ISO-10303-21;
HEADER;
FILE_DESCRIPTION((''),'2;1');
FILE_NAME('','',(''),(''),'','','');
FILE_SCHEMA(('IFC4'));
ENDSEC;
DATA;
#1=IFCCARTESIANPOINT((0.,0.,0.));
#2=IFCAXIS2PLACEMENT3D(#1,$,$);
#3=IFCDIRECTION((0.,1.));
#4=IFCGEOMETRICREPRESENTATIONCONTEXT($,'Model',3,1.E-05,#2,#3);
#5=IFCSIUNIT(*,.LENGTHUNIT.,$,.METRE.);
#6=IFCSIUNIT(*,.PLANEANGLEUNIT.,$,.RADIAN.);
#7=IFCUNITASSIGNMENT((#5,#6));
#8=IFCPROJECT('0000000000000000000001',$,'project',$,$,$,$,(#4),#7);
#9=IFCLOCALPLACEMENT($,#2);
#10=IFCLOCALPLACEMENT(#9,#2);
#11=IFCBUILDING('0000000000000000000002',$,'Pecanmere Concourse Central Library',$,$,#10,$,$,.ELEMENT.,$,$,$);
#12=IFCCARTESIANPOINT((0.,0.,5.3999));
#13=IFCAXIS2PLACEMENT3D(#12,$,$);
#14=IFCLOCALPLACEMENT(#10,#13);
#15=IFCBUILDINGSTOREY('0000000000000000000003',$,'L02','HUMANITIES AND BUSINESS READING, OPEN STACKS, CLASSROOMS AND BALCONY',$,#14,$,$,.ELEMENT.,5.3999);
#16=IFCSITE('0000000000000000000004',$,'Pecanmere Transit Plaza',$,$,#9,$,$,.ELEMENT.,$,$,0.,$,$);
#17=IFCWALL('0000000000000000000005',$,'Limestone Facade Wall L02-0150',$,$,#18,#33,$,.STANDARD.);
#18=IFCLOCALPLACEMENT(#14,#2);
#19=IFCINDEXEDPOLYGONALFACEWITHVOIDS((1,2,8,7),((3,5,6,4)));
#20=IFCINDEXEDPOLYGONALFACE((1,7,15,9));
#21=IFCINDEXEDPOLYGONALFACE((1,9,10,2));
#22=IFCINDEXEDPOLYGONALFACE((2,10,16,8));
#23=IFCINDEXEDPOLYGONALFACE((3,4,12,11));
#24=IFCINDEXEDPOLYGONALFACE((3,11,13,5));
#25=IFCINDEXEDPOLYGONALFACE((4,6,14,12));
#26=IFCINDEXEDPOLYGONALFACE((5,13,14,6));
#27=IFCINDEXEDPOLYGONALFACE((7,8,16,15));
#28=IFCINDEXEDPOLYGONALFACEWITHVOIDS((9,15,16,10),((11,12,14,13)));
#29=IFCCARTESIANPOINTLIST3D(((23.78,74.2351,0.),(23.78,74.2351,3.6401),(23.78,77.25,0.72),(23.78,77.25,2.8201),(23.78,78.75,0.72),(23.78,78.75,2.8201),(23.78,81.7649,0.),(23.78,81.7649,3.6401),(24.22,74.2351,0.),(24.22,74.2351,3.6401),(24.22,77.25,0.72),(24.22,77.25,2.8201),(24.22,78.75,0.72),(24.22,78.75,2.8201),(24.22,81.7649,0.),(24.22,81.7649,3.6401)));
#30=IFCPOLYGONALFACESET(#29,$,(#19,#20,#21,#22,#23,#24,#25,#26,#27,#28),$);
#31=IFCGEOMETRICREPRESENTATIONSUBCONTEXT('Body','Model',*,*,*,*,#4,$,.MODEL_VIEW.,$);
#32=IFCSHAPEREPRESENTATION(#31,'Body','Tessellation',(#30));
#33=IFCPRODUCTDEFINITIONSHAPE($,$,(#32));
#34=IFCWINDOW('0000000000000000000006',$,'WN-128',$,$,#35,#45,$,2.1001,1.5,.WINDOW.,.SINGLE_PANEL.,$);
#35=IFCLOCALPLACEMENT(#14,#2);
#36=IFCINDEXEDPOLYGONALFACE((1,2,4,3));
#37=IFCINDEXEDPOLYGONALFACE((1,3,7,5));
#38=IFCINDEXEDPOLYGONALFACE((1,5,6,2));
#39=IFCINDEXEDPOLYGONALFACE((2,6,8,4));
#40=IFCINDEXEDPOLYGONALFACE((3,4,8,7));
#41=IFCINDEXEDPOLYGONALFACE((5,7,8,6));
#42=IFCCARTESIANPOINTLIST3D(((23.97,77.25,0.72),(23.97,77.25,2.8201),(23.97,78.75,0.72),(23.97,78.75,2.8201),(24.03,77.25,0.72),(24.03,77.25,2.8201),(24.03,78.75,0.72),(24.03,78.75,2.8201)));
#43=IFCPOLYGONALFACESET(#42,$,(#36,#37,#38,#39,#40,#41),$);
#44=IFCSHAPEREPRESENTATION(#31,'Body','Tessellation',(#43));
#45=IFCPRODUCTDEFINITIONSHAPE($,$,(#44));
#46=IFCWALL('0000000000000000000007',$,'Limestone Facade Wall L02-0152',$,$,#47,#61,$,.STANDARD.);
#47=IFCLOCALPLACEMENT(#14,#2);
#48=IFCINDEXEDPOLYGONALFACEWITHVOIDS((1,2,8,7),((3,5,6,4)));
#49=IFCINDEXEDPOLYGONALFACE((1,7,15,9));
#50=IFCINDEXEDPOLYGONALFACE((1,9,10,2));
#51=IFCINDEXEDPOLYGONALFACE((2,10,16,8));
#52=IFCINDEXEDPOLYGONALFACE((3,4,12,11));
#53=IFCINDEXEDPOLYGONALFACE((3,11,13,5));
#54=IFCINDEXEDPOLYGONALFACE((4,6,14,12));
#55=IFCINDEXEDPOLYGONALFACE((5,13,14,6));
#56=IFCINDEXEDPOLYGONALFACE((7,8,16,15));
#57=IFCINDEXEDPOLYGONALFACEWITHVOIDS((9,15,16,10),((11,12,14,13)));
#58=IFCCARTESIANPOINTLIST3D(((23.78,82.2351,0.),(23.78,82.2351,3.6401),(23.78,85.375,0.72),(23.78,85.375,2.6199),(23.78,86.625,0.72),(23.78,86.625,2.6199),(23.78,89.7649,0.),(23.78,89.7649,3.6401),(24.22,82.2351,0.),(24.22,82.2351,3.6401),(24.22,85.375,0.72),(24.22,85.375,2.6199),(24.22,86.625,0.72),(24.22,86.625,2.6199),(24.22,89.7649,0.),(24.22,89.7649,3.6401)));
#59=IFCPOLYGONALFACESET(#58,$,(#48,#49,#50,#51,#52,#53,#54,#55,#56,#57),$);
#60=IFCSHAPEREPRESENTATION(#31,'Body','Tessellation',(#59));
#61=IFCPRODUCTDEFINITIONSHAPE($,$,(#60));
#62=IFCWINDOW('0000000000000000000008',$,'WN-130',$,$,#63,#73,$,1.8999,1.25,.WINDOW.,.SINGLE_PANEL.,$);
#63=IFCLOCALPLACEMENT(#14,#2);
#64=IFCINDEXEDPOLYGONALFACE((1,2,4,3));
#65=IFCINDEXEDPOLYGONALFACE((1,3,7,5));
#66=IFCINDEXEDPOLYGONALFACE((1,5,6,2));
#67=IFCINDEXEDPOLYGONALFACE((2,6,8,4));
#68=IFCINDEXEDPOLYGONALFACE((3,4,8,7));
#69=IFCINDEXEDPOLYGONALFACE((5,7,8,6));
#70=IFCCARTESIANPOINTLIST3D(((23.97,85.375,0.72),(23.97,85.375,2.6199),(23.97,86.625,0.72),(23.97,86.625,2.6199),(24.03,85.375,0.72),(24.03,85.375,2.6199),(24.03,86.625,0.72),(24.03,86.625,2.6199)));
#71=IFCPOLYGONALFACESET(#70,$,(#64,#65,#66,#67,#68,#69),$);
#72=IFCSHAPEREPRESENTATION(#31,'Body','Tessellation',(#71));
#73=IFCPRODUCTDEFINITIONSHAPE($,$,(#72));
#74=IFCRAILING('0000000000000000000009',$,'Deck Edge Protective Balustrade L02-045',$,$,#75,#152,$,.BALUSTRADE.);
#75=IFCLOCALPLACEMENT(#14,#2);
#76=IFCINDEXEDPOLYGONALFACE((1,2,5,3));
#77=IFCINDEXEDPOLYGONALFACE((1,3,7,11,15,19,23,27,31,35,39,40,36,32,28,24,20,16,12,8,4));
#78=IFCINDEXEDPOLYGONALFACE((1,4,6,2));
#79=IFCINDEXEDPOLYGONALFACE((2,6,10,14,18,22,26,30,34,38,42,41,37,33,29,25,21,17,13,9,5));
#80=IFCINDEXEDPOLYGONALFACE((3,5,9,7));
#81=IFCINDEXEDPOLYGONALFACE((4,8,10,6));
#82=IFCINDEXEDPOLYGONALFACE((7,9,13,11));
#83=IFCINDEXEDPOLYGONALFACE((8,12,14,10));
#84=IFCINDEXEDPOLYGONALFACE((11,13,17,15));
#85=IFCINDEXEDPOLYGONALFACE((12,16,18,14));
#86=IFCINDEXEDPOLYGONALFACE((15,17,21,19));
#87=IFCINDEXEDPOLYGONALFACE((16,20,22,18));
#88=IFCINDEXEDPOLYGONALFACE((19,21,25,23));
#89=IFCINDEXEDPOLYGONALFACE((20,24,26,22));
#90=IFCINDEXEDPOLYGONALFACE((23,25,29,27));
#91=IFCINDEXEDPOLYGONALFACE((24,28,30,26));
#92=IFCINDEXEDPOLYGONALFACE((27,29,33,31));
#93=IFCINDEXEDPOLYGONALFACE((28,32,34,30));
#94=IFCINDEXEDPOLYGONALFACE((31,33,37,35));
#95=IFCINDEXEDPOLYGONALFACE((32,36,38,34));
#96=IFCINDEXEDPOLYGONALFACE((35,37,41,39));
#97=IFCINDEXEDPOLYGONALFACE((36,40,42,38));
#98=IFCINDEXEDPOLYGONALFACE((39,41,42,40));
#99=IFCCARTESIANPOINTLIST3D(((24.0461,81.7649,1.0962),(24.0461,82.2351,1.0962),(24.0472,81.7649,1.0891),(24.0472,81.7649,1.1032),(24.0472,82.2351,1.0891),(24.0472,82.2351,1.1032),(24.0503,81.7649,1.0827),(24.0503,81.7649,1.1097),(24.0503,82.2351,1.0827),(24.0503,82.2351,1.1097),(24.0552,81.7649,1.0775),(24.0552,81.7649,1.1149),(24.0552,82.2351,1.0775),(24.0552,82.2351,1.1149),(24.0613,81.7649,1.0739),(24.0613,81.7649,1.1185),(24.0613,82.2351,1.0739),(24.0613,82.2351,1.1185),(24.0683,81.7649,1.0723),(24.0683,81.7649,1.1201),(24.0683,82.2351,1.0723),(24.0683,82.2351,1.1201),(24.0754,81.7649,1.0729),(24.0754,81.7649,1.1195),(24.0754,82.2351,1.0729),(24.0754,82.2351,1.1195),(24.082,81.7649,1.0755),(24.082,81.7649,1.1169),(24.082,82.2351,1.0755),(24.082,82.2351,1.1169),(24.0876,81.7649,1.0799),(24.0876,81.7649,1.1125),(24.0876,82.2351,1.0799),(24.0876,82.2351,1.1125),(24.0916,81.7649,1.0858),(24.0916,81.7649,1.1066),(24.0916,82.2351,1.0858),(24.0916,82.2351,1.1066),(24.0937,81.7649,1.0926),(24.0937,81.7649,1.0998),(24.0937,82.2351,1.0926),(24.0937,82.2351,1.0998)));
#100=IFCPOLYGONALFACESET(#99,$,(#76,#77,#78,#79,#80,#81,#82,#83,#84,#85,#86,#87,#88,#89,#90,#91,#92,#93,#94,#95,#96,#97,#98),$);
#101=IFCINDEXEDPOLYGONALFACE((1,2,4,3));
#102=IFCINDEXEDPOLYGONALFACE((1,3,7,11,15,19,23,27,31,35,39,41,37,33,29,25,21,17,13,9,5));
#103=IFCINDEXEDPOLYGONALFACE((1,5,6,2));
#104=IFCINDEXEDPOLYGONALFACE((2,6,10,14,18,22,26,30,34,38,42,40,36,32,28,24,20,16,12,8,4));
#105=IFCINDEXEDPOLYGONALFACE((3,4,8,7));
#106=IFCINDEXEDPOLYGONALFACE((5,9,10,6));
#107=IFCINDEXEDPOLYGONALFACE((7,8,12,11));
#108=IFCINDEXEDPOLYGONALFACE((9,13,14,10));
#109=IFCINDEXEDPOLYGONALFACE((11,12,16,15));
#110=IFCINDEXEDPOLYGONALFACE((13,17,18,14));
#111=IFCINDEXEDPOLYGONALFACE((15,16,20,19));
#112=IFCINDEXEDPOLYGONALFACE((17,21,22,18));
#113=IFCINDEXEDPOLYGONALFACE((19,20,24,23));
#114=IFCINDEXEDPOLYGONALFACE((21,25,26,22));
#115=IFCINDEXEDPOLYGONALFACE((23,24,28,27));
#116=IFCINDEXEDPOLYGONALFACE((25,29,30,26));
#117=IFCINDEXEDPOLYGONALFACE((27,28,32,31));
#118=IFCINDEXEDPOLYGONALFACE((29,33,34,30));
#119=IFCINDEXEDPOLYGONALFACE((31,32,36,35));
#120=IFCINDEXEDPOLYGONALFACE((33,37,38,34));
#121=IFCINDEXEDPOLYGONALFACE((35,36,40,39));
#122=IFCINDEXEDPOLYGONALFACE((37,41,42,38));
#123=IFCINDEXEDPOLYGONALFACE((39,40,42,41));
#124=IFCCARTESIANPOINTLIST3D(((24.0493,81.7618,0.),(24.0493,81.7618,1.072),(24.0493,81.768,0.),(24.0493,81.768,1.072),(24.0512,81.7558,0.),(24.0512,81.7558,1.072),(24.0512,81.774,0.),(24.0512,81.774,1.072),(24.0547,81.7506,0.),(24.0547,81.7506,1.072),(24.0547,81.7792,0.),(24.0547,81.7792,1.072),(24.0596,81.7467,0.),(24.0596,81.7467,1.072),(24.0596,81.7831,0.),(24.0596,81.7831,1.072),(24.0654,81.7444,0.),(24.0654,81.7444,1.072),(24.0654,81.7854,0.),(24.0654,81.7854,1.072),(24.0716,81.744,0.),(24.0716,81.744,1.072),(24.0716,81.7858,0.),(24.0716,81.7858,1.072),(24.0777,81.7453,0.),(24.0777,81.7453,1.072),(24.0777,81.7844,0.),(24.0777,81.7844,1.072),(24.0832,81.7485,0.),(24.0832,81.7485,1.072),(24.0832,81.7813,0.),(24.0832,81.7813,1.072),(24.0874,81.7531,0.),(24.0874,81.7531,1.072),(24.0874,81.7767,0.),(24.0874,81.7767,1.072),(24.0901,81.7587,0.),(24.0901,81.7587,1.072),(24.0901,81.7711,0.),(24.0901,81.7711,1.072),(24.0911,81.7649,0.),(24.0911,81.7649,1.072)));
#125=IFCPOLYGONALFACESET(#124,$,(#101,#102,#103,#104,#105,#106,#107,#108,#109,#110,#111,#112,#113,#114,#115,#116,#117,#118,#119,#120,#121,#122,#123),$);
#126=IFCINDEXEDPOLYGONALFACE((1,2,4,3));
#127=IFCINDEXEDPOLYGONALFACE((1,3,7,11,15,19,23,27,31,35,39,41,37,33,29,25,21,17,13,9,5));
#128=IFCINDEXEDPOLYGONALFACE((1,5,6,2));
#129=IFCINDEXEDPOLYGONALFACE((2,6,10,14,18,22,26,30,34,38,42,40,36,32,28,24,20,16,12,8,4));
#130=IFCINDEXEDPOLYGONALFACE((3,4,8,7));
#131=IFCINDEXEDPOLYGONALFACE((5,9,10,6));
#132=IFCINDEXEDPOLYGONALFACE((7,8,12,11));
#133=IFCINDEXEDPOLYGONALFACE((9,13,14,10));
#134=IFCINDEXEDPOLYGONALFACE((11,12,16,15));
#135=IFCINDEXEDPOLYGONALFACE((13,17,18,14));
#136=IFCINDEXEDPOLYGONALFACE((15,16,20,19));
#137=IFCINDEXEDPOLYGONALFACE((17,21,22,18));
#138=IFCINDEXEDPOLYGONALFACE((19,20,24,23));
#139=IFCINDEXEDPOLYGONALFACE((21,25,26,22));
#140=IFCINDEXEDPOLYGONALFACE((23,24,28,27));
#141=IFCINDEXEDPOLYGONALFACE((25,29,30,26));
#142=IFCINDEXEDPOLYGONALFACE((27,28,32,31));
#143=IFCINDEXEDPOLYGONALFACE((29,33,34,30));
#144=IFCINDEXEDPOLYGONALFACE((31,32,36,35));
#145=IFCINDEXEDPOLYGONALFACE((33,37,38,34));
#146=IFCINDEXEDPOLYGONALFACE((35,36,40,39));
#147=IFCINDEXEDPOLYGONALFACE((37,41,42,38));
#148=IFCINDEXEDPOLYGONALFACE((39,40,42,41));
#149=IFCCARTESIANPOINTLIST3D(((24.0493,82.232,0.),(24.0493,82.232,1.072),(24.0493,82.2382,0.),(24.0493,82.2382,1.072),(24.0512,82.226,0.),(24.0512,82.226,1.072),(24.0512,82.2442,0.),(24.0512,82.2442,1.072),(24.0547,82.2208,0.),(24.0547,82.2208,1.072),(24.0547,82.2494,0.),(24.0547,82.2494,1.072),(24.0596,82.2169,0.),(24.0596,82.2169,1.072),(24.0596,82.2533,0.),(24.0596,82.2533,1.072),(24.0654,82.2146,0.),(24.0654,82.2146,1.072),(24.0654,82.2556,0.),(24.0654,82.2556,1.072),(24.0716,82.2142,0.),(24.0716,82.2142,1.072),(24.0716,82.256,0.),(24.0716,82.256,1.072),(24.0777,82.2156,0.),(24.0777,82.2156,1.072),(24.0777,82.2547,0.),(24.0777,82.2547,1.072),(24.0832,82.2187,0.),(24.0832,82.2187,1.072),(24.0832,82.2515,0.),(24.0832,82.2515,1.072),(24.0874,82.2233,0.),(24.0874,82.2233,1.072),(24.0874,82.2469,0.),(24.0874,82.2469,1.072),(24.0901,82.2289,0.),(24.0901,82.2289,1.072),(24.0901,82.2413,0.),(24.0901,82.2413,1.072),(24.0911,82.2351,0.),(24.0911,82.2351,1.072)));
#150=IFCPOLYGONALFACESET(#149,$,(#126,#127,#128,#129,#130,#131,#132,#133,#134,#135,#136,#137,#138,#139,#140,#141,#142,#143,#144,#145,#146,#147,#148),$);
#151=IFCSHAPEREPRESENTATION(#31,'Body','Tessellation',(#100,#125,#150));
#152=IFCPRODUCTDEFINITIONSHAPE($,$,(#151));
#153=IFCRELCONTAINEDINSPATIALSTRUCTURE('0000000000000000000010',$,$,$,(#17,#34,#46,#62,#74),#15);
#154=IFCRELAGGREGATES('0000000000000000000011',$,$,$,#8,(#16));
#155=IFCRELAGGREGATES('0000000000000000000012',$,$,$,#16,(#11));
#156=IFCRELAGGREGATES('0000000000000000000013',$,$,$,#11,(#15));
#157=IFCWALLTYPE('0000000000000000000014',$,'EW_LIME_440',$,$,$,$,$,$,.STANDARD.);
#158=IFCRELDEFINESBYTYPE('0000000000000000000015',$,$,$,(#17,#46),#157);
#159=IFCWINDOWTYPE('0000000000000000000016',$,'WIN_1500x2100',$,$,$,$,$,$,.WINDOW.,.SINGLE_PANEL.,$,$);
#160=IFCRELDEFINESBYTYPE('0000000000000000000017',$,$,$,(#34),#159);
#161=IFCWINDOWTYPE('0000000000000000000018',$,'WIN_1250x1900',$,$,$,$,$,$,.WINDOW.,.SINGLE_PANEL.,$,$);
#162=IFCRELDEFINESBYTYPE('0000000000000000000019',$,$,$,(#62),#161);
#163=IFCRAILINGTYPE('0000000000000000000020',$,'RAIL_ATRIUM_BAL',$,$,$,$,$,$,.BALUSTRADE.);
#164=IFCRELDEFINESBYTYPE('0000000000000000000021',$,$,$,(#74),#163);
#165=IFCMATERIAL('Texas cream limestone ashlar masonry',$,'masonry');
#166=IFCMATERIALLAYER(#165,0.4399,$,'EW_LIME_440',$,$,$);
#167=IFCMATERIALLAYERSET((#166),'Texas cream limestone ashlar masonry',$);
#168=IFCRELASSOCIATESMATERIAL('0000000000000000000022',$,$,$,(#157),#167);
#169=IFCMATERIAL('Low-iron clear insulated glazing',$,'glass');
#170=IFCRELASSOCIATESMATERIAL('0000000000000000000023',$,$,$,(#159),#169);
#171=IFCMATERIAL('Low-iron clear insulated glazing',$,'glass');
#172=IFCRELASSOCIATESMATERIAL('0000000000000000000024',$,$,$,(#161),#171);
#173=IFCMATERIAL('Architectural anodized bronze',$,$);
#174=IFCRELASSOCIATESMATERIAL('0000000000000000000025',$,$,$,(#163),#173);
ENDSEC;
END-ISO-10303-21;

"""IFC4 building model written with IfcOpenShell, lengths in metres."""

from ifc_helpers import new_model, si_unit, direction, frame, frame_2d, origin, origin_2d, place, context, subcontext, project, spatial, rectangle, circle, extrude, material, layer, layer_set, type_object, element, fill, save


model = new_model("IFC4")

# Units and contexts
model_context = context("Model", 3, precision=1e-05, world=origin(), true_north=direction((0.0, 1.0)))
body_context = subcontext(model_context, "Body", "Model", "MODEL_VIEW")
ifc_project = project(units=[si_unit("LENGTHUNIT", "METRE"), si_unit("PLANEANGLEUNIT", "RADIAN")], contexts=[model_context])

# Site, building, storey
site_placement = place(None, origin())
site = spatial("IfcSite", under=ifc_project, at=site_placement, Name="Pecanmere Transit Plaza", CompositionType="ELEMENT", RefElevation=0.0)
building_placement = place(site_placement, origin())
building = spatial("IfcBuilding", under=site, at=building_placement, Name="Pecanmere Concourse Central Library", CompositionType="ELEMENT")
storey_placement = place(building_placement, frame((0.0, 0.0, 5.3999)))
storey = spatial("IfcBuildingStorey", under=building, at=storey_placement, Name="L02", Description="HUMANITIES AND BUSINESS READING, OPEN STACKS, CLASSROOMS AND BALCONY", CompositionType="ELEMENT", Elevation=5.3999)

# Walls, openings, windows
ifc_material_1 = material(Name="Texas cream limestone ashlar masonry", Category="masonry")
ifc_layer_1 = layer(ifc_material_1, 0.4399, Name="EW_LIME_440")
ifc_layer_set_1 = layer_set([ifc_layer_1], Name="Texas cream limestone ashlar masonry")
wall_type = type_object("IfcWallType", Name="EW_LIME_440", PredefinedType="STANDARD", material=ifc_layer_set_1)
wall_1_placement = place(storey_placement, frame((24.0, 81.7649, 0.0), z_axis=(0.0, 0.0, 1.0), x_axis=(0.0, -1.0, 0.0)))
wall_1 = element("IfcWall", 1, at=wall_1_placement, inside=storey, type_object=wall_type, Name="Limestone Facade Wall L02-0150", PredefinedType="STANDARD", context=body_context, shape_type="SweptSolid", body=[
    extrude(rectangle(XDim=7.5298, YDim=0.4399, at=frame_2d((3.7649, 0.0))), origin(), (0.0, 0.0, 1.0), 3.6401),
])
opening_1_placement = place(wall_1_placement, frame((3.0149, 0.0, 0.72)))
opening_1 = element("IfcOpeningElement", 2, at=opening_1_placement, cuts=wall_1, PredefinedType="OPENING", context=body_context, shape_type="SweptSolid", body=[
    extrude(rectangle(XDim=1.5, YDim=2.1001, at=frame_2d((0.75, 1.05))), frame((0.0, 0.2319, 0.0), z_axis=(0.0, -1.0, 0.0), x_axis=(1.0, 0.0, 0.0)), (0.0, 0.0, 1.0), 0.4639),
])
ifc_material_2 = material(Name="Low-iron clear insulated glazing", Category="glass")
window_type_1 = type_object("IfcWindowType", Name="WIN_1500x2100", PartitioningType="SINGLE_PANEL", PredefinedType="WINDOW", material=ifc_material_2)
window_1_placement = place(opening_1_placement, origin())
window_1 = element("IfcWindow", 3, at=window_1_placement, inside=storey, type_object=window_type_1, Name="WN-128", OverallHeight=2.1001, OverallWidth=1.5, PartitioningType="SINGLE_PANEL", PredefinedType="WINDOW", context=body_context, shape_type="SweptSolid", body=[
    extrude(rectangle(XDim=1.5, YDim=2.1001, at=frame_2d((0.75, 1.05))), frame((0.0, 0.03, 0.0), z_axis=(0.0, -1.0, 0.0), x_axis=(1.0, 0.0, 0.0)), (0.0, 0.0, 1.0), 0.0601),
])
fill(opening_1, window_1)
wall_2_placement = place(storey_placement, frame((24.0, 89.7649, 0.0), z_axis=(0.0, 0.0, 1.0), x_axis=(0.0, -1.0, 0.0)))
wall_2 = element("IfcWall", 4, at=wall_2_placement, inside=storey, type_object=wall_type, Name="Limestone Facade Wall L02-0152", PredefinedType="STANDARD", context=body_context, shape_type="SweptSolid", body=[
    extrude(rectangle(XDim=7.5298, YDim=0.4399, at=frame_2d((3.7649, 0.0))), origin(), (0.0, 0.0, 1.0), 3.6401),
])
opening_2_placement = place(wall_2_placement, frame((3.1399, 0.0, 0.72)))
opening_2 = element("IfcOpeningElement", 5, at=opening_2_placement, cuts=wall_2, PredefinedType="OPENING", context=body_context, shape_type="SweptSolid", body=[
    extrude(rectangle(XDim=1.25, YDim=1.8999, at=frame_2d((0.625, 0.95))), frame((0.0, 0.2319, 0.0), z_axis=(0.0, -1.0, 0.0), x_axis=(1.0, 0.0, 0.0)), (0.0, 0.0, 1.0), 0.4639),
])
ifc_material_3 = material(Name="Low-iron clear insulated glazing", Category="glass")
window_type_2 = type_object("IfcWindowType", Name="WIN_1250x1900", PartitioningType="SINGLE_PANEL", PredefinedType="WINDOW", material=ifc_material_3)
window_2_placement = place(opening_2_placement, origin())
window_2 = element("IfcWindow", 6, at=window_2_placement, inside=storey, type_object=window_type_2, Name="WN-130", OverallHeight=1.8999, OverallWidth=1.25, PartitioningType="SINGLE_PANEL", PredefinedType="WINDOW", context=body_context, shape_type="SweptSolid", body=[
    extrude(rectangle(XDim=1.25, YDim=1.8999, at=frame_2d((0.625, 0.95))), frame((0.0, 0.03, 0.0), z_axis=(0.0, -1.0, 0.0), x_axis=(1.0, 0.0, 0.0)), (0.0, 0.0, 1.0), 0.0601),
])
fill(opening_2, window_2)

# Railing
ifc_material_4 = material(Name="Architectural anodized bronze")
railing_type = type_object("IfcRailingType", Name="RAIL_ATRIUM_BAL", PredefinedType="BALUSTRADE", material=ifc_material_4)
for number, where, name in (
    (7, (24.0701, 81.7649, 0.0), "Deck Edge Protective Balustrade L02-045"),
):
    element("IfcRailing", number, at=place(storey_placement, frame(where)), inside=storey, type_object=railing_type, Name=name, PredefinedType="BALUSTRADE", context=body_context, shape_type="SweptSolid", body=[
        extrude(circle(Radius=0.0239, at=origin_2d()), frame((0.0, 0.0, 1.0962), z_axis=(0.0, 1.0, 0.0), x_axis=(-1.0, 0.0, 0.0)), (0.0, 0.0, 1.0), 0.4702),
        extrude(circle(Radius=0.021, at=origin_2d()), origin(), (0.0, 0.0, 1.0), 1.072),
        extrude(circle(Radius=0.021, at=origin_2d()), frame((0.0, 0.4702, 0.0)), (0.0, 0.0, 1.0), 1.072),
    ])

save(model, "model.ifc")
